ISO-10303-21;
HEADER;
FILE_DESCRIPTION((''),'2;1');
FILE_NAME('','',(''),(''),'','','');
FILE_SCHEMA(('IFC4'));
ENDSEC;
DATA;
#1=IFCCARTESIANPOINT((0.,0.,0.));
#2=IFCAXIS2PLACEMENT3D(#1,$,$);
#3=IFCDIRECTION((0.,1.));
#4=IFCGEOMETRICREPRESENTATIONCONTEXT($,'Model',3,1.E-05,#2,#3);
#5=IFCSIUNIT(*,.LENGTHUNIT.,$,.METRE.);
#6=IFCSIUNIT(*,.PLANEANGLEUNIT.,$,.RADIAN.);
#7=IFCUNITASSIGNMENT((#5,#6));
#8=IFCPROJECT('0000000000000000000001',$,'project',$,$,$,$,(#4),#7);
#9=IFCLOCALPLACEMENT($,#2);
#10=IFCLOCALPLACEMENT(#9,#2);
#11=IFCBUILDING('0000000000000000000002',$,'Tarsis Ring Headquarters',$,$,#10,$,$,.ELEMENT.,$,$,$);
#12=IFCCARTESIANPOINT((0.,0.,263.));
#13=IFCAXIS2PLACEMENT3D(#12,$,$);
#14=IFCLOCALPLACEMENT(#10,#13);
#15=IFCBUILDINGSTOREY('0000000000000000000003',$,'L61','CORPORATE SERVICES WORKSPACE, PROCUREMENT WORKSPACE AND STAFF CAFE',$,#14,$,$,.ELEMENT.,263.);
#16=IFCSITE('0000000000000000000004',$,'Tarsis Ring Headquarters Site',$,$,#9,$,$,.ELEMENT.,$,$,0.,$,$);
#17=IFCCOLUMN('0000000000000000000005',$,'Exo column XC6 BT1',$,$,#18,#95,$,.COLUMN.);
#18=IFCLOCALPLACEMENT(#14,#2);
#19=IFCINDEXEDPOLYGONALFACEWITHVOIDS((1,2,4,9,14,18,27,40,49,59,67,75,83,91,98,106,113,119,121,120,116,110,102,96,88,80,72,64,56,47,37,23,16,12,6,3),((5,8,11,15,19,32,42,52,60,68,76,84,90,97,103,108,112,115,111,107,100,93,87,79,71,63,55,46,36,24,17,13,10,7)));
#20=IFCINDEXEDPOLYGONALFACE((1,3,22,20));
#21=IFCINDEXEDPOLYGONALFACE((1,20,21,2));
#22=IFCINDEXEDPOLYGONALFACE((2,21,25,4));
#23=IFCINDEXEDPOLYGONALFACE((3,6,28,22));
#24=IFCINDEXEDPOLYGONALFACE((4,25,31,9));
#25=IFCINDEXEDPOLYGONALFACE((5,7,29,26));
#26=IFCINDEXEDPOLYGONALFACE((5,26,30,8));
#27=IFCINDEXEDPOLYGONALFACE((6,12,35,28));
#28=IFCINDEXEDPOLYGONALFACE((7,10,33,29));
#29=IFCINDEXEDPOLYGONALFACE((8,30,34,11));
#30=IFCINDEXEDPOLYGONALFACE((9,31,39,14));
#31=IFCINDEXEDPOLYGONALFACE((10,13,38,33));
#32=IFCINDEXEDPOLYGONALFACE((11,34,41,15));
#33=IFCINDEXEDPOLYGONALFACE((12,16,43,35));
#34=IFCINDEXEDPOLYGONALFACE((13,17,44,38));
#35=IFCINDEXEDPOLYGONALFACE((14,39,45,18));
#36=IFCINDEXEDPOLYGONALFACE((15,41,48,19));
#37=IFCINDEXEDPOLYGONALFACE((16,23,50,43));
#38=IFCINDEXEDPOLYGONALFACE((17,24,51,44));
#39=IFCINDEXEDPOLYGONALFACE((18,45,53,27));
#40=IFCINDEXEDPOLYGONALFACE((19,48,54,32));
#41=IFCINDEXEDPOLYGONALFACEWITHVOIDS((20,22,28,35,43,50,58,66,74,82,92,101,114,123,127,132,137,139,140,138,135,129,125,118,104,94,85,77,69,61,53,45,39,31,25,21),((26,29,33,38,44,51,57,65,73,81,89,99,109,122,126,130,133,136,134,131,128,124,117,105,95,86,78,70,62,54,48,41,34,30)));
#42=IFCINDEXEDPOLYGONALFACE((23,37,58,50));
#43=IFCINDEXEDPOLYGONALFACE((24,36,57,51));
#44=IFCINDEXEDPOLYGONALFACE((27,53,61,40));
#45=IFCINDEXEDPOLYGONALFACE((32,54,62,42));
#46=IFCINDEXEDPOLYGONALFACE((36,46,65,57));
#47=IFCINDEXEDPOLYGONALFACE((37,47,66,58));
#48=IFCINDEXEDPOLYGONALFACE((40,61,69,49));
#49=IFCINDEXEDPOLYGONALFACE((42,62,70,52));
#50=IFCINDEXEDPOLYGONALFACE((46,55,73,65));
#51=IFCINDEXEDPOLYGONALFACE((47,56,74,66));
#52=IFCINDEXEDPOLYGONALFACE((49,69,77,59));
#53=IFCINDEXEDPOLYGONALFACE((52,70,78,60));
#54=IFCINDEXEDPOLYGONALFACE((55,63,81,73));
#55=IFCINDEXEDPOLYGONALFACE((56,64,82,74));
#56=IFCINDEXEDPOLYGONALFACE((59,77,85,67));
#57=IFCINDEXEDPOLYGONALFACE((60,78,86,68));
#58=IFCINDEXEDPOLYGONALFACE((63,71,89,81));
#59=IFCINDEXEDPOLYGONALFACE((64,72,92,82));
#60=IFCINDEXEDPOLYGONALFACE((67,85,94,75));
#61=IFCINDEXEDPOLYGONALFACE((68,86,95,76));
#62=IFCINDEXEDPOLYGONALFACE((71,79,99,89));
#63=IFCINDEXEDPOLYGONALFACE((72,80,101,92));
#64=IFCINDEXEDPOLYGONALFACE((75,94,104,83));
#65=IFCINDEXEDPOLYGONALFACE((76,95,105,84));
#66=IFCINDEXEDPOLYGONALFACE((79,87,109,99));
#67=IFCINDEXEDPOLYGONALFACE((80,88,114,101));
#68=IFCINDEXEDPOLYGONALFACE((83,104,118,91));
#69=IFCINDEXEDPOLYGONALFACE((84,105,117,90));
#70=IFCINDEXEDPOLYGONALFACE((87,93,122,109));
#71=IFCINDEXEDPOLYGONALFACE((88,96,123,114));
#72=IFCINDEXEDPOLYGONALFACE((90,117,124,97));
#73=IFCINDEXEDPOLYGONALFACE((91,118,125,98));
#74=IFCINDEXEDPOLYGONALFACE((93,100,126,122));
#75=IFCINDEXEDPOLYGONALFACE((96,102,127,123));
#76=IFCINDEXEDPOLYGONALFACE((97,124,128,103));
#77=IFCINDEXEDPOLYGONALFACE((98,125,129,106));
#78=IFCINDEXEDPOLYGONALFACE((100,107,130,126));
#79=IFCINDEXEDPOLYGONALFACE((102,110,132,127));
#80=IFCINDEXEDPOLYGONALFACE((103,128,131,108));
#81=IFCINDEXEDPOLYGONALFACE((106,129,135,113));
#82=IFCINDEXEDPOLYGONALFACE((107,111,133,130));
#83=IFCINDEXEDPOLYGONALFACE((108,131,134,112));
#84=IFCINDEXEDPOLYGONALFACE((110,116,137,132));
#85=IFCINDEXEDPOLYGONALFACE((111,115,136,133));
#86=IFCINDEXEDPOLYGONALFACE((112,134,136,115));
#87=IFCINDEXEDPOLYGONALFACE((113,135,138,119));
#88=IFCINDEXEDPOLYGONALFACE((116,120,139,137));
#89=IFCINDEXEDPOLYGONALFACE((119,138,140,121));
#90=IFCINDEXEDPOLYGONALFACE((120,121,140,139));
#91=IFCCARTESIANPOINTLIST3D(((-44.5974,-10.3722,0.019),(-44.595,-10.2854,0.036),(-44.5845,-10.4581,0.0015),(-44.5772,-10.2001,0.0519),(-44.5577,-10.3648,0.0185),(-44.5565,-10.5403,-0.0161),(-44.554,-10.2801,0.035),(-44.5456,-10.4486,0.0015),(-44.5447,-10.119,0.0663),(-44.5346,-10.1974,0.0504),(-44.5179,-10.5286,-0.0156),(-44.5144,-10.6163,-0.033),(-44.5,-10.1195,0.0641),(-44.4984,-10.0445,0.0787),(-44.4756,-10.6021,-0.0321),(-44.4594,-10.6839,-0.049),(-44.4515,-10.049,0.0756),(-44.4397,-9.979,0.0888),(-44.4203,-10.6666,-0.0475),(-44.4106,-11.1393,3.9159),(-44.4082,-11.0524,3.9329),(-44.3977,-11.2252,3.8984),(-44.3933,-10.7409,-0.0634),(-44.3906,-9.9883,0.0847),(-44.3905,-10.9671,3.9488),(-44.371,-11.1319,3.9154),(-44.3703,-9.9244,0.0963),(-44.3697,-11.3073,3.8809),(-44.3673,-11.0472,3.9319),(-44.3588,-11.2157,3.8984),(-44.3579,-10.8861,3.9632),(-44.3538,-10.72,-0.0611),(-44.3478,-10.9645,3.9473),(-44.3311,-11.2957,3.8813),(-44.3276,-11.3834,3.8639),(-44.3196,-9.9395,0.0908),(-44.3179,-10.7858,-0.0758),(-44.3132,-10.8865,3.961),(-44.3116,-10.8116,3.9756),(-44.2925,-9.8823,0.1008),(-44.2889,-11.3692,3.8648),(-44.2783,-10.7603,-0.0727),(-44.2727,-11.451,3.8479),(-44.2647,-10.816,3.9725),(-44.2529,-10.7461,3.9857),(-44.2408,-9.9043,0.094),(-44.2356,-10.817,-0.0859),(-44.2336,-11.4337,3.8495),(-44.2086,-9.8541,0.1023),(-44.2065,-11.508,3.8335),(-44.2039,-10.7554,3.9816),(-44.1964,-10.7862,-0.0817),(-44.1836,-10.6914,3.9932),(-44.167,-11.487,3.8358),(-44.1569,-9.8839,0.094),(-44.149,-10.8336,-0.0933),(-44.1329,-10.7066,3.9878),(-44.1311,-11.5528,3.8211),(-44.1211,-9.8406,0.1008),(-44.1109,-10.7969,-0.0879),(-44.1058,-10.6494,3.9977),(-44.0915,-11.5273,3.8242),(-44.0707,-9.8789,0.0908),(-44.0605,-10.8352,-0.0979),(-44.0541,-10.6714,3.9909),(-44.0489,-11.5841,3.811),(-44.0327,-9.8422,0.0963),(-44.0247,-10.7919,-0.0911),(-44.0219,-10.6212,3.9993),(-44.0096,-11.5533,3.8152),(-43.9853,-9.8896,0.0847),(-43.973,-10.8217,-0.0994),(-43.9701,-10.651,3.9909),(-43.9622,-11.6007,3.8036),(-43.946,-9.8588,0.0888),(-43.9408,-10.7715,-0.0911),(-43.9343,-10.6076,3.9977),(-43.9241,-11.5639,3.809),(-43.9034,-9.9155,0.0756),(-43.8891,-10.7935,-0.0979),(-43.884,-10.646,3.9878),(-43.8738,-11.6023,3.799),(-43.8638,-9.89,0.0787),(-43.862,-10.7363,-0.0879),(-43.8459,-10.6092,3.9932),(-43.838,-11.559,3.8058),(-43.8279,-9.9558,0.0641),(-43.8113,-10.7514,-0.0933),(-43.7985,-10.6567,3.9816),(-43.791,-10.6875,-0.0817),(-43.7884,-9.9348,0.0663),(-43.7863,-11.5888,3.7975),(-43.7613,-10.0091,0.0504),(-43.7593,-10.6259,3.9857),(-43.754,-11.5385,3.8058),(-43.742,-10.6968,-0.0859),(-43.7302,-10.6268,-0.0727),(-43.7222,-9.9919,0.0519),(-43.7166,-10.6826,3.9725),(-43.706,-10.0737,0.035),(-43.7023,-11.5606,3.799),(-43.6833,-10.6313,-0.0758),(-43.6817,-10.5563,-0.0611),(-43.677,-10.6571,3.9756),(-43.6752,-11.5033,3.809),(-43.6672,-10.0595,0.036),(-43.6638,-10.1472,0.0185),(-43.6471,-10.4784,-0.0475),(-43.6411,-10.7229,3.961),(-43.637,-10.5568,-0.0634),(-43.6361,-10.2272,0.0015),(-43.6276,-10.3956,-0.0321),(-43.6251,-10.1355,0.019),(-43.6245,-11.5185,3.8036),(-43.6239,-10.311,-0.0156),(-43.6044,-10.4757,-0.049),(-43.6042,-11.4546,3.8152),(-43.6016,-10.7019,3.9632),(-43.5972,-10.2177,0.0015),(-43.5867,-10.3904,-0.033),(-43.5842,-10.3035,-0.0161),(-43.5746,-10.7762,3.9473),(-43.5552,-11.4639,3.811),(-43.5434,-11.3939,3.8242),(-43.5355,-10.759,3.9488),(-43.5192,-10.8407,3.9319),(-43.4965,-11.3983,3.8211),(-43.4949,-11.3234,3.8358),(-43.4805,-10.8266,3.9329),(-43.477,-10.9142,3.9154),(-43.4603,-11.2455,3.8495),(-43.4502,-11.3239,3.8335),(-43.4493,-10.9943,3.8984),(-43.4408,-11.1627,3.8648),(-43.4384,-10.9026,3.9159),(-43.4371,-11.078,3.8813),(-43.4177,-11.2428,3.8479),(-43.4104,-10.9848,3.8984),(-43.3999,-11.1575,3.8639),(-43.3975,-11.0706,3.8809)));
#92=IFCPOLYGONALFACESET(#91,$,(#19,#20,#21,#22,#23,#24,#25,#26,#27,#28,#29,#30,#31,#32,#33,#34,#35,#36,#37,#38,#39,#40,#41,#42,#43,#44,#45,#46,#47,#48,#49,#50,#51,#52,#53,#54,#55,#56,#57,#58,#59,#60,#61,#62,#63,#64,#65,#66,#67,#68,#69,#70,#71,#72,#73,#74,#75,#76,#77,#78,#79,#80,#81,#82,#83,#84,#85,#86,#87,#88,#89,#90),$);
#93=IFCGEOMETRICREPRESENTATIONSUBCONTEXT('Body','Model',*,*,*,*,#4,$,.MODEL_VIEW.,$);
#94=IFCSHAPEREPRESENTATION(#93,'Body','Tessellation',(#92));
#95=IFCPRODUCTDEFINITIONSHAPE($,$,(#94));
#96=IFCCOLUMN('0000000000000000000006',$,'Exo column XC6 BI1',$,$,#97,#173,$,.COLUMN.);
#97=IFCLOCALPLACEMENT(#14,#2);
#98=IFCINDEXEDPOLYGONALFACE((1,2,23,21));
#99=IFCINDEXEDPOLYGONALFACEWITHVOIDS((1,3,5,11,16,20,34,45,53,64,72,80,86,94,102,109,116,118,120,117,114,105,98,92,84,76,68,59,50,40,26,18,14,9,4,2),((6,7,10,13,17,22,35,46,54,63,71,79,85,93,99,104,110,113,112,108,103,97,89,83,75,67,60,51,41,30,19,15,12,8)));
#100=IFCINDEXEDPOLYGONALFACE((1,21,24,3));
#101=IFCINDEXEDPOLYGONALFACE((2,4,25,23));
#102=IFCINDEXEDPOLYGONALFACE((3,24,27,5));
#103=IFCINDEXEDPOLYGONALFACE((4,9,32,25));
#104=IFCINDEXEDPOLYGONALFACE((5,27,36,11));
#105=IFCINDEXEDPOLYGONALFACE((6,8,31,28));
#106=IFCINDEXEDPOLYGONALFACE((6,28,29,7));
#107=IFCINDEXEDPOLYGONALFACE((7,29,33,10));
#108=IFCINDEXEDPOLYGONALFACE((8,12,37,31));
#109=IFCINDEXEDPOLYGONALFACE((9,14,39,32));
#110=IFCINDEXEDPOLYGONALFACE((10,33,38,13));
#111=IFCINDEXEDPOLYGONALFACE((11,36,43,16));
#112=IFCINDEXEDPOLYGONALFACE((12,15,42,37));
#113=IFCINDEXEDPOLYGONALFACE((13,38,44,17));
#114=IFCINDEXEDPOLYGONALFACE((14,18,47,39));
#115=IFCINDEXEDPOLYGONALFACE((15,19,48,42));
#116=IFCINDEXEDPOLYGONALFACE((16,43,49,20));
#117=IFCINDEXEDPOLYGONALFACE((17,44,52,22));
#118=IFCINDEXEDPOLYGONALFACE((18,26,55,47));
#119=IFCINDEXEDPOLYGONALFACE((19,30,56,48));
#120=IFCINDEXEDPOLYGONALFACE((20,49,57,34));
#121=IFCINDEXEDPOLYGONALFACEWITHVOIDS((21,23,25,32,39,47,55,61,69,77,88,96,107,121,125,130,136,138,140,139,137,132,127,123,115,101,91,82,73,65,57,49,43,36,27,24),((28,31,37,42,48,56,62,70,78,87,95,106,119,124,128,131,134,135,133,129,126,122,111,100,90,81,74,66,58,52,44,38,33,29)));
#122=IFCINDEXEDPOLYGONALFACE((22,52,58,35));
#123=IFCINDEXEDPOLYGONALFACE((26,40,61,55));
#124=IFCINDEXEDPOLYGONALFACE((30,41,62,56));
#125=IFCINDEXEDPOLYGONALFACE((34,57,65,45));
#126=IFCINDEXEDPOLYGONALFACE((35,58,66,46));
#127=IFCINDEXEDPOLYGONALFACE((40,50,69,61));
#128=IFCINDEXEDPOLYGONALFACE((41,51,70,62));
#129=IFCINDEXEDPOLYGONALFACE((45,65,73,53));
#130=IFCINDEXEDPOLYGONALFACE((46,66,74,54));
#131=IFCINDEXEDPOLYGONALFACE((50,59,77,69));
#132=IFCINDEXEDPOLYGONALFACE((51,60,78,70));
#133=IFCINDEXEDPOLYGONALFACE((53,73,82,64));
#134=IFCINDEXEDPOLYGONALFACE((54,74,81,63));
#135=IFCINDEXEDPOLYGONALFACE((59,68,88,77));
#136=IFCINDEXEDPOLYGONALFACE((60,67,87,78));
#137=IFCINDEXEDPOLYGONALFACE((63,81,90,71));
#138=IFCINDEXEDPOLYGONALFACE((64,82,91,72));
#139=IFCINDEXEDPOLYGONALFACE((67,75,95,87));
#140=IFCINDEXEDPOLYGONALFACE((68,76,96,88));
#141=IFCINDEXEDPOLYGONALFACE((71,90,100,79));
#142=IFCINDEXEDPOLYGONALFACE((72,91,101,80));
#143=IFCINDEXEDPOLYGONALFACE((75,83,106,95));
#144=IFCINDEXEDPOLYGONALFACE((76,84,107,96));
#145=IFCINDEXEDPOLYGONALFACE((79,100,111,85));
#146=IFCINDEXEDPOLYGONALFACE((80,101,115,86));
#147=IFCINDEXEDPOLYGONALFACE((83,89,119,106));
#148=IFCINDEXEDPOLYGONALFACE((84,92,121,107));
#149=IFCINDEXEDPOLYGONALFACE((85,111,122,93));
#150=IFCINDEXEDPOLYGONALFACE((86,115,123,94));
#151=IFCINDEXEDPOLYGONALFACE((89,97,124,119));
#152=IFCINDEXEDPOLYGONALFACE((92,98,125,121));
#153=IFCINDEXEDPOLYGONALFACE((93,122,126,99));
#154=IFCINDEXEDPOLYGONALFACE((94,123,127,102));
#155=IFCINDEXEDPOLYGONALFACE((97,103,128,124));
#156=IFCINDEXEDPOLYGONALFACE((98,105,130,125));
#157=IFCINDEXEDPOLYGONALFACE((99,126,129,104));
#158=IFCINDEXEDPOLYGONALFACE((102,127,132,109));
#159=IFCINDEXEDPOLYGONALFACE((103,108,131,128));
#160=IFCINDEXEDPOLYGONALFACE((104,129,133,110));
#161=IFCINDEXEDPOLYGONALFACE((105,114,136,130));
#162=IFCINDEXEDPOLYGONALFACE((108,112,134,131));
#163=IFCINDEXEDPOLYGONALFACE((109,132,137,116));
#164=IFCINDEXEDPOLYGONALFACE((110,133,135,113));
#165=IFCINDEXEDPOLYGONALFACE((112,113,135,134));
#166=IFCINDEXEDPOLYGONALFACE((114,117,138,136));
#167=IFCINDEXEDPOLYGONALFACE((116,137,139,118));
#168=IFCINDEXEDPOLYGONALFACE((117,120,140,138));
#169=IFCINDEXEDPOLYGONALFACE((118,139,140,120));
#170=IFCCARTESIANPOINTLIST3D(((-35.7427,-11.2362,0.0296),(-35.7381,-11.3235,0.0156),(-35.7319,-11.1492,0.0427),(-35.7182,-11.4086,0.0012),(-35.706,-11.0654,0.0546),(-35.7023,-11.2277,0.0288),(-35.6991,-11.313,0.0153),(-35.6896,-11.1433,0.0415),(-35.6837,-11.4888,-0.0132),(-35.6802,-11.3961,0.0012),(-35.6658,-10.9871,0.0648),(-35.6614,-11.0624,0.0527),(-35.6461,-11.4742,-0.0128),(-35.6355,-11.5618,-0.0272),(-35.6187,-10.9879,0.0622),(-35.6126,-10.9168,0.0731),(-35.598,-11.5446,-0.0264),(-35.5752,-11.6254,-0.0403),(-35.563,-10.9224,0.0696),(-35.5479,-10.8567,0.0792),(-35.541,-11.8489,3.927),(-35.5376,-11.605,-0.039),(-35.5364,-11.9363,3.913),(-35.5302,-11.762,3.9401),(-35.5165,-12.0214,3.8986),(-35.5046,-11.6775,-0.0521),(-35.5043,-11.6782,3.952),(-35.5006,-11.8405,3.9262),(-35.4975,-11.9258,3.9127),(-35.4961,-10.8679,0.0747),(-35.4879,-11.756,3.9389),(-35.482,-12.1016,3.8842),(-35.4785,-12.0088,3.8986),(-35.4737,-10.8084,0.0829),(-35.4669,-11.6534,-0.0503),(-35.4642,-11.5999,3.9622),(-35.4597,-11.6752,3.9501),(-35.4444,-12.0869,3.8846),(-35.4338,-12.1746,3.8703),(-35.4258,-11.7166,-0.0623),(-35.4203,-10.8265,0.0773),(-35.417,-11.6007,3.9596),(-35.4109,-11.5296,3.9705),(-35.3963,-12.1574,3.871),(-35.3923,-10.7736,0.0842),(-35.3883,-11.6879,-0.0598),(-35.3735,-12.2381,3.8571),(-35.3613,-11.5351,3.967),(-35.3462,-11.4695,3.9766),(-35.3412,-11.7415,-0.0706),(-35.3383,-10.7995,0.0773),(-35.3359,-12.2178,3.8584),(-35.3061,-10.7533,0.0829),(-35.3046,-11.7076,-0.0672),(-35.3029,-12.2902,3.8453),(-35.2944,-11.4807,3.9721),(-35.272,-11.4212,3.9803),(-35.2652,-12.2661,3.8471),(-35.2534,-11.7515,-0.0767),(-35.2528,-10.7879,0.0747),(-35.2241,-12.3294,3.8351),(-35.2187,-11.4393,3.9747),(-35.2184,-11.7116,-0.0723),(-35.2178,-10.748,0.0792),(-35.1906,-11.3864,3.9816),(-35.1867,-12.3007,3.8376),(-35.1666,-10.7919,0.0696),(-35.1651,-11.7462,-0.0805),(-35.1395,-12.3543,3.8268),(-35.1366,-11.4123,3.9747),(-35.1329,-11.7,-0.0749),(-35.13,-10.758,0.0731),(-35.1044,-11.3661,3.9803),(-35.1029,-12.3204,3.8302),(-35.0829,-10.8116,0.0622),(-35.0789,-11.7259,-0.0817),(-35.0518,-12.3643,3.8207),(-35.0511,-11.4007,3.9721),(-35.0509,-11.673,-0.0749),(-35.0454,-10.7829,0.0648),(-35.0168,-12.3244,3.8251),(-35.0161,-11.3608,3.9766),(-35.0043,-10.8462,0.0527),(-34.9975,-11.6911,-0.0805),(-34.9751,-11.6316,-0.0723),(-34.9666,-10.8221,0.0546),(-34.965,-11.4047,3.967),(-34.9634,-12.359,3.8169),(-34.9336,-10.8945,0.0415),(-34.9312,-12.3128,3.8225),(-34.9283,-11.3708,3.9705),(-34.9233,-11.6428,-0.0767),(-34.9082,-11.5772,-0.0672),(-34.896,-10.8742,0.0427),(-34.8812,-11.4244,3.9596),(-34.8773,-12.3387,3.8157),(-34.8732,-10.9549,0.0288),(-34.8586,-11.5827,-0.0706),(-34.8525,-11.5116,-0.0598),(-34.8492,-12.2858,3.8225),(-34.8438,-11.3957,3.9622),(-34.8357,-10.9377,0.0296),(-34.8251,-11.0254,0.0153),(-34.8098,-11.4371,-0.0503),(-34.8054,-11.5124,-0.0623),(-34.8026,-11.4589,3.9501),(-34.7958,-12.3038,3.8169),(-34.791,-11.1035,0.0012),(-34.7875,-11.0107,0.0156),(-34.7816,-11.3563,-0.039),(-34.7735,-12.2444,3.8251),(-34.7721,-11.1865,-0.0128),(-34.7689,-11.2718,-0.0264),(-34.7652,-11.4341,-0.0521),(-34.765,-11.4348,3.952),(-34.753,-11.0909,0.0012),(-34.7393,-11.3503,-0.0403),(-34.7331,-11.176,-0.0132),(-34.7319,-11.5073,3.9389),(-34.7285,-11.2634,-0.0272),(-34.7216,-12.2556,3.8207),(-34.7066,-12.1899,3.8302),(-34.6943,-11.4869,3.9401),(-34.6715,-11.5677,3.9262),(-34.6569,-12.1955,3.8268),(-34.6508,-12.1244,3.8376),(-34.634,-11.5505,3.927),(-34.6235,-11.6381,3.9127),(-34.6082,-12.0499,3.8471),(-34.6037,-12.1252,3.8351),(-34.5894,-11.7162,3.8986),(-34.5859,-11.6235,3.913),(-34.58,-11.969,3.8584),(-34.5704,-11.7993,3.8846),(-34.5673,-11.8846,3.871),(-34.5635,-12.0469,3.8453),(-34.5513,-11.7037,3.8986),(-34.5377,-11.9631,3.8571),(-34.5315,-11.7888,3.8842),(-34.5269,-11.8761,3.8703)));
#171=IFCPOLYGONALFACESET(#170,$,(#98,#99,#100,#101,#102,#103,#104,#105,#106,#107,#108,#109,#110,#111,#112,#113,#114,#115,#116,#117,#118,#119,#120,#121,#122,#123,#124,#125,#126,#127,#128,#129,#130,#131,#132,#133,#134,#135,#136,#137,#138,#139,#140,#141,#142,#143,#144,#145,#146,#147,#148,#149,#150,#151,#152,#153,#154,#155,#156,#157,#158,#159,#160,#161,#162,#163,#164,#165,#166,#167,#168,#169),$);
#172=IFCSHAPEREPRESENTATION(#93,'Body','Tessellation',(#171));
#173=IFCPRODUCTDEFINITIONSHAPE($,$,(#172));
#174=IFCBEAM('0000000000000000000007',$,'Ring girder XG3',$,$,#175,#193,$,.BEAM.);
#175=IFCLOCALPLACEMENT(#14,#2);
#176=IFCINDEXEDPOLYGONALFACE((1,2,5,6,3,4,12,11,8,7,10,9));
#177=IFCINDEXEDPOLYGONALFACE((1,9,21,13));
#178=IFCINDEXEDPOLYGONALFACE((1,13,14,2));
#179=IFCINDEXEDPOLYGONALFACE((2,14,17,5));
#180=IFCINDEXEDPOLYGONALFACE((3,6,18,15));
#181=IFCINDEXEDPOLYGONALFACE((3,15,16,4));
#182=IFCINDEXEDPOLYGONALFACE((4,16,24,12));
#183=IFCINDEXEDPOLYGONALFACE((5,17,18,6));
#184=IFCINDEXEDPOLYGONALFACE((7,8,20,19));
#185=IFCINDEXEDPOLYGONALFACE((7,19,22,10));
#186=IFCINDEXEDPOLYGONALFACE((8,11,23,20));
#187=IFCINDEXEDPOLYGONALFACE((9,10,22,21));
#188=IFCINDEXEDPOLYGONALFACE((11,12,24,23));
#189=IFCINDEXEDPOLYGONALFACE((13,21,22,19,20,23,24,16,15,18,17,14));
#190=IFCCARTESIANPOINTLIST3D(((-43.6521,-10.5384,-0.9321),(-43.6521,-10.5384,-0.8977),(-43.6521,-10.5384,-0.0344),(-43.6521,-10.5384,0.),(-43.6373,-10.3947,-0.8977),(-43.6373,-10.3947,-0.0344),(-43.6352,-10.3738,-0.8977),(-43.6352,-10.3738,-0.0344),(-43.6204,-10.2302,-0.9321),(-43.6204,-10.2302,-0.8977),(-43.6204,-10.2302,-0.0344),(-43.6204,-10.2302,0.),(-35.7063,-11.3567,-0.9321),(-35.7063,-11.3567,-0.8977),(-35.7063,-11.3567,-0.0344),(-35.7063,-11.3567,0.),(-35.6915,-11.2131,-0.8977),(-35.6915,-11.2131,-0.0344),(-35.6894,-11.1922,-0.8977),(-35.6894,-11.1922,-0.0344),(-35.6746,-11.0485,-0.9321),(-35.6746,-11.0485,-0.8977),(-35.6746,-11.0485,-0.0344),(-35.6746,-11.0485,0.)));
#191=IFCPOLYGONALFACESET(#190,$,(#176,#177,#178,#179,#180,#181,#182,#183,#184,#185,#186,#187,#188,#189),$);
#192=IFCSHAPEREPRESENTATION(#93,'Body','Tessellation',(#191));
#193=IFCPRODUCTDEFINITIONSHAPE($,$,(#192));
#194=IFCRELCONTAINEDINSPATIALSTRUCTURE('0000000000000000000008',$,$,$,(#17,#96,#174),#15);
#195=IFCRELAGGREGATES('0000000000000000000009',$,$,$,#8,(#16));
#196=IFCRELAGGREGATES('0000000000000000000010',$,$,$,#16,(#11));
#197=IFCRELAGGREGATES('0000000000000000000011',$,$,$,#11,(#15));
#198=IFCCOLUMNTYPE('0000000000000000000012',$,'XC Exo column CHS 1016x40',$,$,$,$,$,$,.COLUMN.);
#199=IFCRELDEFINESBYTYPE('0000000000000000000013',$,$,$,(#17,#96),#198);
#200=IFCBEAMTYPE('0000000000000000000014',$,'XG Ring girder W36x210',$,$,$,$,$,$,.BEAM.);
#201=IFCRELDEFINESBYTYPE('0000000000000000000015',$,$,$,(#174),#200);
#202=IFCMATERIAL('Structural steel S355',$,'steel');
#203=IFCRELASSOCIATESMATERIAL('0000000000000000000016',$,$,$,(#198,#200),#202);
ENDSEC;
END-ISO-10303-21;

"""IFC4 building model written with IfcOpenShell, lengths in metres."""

from ifc_helpers import new_model, si_unit, direction, frame, origin, origin_2d, place, context, subcontext, project, spatial, hollow_circle, i_section, extrude, material, material_profile, profile_set, type_object, element, save


model = new_model("IFC4")

# Units and contexts
model_context = context("Model", 3, precision=1e-05, world=origin(), true_north=direction((0.0, 1.0)))
body_context = subcontext(model_context, "Body", "Model", "MODEL_VIEW")
ifc_project = project(units=[si_unit("LENGTHUNIT", "METRE"), si_unit("PLANEANGLEUNIT", "RADIAN")], contexts=[model_context])

# Site, building, storey
site_placement = place(None, origin())
site = spatial("IfcSite", under=ifc_project, at=site_placement, Name="Tarsis Ring Headquarters Site", CompositionType="ELEMENT", RefElevation=0.0)
building_placement = place(site_placement, origin())
building = spatial("IfcBuilding", under=site, at=building_placement, Name="Tarsis Ring Headquarters", CompositionType="ELEMENT")
storey_placement = place(building_placement, frame((0.0, 0.0, 263.0)))
storey = spatial("IfcBuildingStorey", under=building, at=storey_placement, Name="L61", Description="CORPORATE SERVICES WORKSPACE, PROCUREMENT WORKSPACE AND STAFF CAFE", CompositionType="ELEMENT", Elevation=263.0)

# Columns
ifc_material_1 = material(Name="Structural steel S355", Category="steel")
ifc_material_profile_1 = material_profile(ifc_material_1, hollow_circle(Radius=0.5081, WallThickness=0.04, at=origin_2d()), Name="CHS 1016x40")
ifc_profile_set_1 = profile_set([ifc_material_profile_1], Name="Structural steel S355")
column_type = type_object("IfcColumnType", Name="XC Exo column CHS 1016x40", PredefinedType="COLUMN", material=ifc_profile_set_1)
column_1_placement = place(storey_placement, frame((-44.0908, -10.3379, 0.0015), z_axis=(0.046972, -0.192923, 0.980089), x_axis=(0.971616, 0.236565, 0.0)))
element("IfcColumn", 1, at=column_1_placement, inside=storey, type_object=column_type, Name="Exo column XC6 BT1", PredefinedType="COLUMN", context=body_context, shape_type="SweptSolid", body=[
    extrude(hollow_circle(Radius=0.5081, WallThickness=0.04, at=origin_2d()), origin(), (0.0, 0.0, 1.0), 3.9761),
])
column_2_placement = place(storey_placement, frame((-35.2356, -11.2498, 0.0012), z_axis=(0.051047, -0.155118, 0.986576), x_axis=(0.949887, 0.312592, 0.0)))
element("IfcColumn", 2, at=column_2_placement, inside=storey, type_object=column_type, Name="Exo column XC6 BI1", PredefinedType="COLUMN", context=body_context, shape_type="SweptSolid", body=[
    extrude(hollow_circle(Radius=0.5081, WallThickness=0.04, at=origin_2d()), origin(), (0.0, 0.0, 1.0), 3.9504),
])

# Beam
ifc_material_profile_2 = material_profile(ifc_material_1, i_section(OverallWidth=0.3098, OverallDepth=0.9321, WebThickness=0.021, FlangeThickness=0.0344, at=origin_2d()), Name="W36x210")
ifc_profile_set_2 = profile_set([ifc_material_profile_2], Name="Structural steel S355")
beam_type = type_object("IfcBeamType", Name="XG Ring girder W36x210", PredefinedType="BEAM", material=ifc_profile_set_2)
for number, where, z_axis, x_axis, name in (
    (3, (-43.6362, -10.3843, -0.4661), (0.994738, -0.102451, 0.0), (0.102451, 0.994738, 0.0), "Ring girder XG3"),
):
    element("IfcBeam", number, at=place(storey_placement, frame(where, z_axis=z_axis, x_axis=x_axis)), inside=storey, type_object=beam_type, Name=name, PredefinedType="BEAM", context=body_context, shape_type="SweptSolid", body=[
        extrude(i_section(OverallWidth=0.3098, OverallDepth=0.9321, WebThickness=0.021, FlangeThickness=0.0344, at=origin_2d()), origin(), (0.0, 0.0, 1.0), 7.9878),
    ])

save(model, "model.ifc")
